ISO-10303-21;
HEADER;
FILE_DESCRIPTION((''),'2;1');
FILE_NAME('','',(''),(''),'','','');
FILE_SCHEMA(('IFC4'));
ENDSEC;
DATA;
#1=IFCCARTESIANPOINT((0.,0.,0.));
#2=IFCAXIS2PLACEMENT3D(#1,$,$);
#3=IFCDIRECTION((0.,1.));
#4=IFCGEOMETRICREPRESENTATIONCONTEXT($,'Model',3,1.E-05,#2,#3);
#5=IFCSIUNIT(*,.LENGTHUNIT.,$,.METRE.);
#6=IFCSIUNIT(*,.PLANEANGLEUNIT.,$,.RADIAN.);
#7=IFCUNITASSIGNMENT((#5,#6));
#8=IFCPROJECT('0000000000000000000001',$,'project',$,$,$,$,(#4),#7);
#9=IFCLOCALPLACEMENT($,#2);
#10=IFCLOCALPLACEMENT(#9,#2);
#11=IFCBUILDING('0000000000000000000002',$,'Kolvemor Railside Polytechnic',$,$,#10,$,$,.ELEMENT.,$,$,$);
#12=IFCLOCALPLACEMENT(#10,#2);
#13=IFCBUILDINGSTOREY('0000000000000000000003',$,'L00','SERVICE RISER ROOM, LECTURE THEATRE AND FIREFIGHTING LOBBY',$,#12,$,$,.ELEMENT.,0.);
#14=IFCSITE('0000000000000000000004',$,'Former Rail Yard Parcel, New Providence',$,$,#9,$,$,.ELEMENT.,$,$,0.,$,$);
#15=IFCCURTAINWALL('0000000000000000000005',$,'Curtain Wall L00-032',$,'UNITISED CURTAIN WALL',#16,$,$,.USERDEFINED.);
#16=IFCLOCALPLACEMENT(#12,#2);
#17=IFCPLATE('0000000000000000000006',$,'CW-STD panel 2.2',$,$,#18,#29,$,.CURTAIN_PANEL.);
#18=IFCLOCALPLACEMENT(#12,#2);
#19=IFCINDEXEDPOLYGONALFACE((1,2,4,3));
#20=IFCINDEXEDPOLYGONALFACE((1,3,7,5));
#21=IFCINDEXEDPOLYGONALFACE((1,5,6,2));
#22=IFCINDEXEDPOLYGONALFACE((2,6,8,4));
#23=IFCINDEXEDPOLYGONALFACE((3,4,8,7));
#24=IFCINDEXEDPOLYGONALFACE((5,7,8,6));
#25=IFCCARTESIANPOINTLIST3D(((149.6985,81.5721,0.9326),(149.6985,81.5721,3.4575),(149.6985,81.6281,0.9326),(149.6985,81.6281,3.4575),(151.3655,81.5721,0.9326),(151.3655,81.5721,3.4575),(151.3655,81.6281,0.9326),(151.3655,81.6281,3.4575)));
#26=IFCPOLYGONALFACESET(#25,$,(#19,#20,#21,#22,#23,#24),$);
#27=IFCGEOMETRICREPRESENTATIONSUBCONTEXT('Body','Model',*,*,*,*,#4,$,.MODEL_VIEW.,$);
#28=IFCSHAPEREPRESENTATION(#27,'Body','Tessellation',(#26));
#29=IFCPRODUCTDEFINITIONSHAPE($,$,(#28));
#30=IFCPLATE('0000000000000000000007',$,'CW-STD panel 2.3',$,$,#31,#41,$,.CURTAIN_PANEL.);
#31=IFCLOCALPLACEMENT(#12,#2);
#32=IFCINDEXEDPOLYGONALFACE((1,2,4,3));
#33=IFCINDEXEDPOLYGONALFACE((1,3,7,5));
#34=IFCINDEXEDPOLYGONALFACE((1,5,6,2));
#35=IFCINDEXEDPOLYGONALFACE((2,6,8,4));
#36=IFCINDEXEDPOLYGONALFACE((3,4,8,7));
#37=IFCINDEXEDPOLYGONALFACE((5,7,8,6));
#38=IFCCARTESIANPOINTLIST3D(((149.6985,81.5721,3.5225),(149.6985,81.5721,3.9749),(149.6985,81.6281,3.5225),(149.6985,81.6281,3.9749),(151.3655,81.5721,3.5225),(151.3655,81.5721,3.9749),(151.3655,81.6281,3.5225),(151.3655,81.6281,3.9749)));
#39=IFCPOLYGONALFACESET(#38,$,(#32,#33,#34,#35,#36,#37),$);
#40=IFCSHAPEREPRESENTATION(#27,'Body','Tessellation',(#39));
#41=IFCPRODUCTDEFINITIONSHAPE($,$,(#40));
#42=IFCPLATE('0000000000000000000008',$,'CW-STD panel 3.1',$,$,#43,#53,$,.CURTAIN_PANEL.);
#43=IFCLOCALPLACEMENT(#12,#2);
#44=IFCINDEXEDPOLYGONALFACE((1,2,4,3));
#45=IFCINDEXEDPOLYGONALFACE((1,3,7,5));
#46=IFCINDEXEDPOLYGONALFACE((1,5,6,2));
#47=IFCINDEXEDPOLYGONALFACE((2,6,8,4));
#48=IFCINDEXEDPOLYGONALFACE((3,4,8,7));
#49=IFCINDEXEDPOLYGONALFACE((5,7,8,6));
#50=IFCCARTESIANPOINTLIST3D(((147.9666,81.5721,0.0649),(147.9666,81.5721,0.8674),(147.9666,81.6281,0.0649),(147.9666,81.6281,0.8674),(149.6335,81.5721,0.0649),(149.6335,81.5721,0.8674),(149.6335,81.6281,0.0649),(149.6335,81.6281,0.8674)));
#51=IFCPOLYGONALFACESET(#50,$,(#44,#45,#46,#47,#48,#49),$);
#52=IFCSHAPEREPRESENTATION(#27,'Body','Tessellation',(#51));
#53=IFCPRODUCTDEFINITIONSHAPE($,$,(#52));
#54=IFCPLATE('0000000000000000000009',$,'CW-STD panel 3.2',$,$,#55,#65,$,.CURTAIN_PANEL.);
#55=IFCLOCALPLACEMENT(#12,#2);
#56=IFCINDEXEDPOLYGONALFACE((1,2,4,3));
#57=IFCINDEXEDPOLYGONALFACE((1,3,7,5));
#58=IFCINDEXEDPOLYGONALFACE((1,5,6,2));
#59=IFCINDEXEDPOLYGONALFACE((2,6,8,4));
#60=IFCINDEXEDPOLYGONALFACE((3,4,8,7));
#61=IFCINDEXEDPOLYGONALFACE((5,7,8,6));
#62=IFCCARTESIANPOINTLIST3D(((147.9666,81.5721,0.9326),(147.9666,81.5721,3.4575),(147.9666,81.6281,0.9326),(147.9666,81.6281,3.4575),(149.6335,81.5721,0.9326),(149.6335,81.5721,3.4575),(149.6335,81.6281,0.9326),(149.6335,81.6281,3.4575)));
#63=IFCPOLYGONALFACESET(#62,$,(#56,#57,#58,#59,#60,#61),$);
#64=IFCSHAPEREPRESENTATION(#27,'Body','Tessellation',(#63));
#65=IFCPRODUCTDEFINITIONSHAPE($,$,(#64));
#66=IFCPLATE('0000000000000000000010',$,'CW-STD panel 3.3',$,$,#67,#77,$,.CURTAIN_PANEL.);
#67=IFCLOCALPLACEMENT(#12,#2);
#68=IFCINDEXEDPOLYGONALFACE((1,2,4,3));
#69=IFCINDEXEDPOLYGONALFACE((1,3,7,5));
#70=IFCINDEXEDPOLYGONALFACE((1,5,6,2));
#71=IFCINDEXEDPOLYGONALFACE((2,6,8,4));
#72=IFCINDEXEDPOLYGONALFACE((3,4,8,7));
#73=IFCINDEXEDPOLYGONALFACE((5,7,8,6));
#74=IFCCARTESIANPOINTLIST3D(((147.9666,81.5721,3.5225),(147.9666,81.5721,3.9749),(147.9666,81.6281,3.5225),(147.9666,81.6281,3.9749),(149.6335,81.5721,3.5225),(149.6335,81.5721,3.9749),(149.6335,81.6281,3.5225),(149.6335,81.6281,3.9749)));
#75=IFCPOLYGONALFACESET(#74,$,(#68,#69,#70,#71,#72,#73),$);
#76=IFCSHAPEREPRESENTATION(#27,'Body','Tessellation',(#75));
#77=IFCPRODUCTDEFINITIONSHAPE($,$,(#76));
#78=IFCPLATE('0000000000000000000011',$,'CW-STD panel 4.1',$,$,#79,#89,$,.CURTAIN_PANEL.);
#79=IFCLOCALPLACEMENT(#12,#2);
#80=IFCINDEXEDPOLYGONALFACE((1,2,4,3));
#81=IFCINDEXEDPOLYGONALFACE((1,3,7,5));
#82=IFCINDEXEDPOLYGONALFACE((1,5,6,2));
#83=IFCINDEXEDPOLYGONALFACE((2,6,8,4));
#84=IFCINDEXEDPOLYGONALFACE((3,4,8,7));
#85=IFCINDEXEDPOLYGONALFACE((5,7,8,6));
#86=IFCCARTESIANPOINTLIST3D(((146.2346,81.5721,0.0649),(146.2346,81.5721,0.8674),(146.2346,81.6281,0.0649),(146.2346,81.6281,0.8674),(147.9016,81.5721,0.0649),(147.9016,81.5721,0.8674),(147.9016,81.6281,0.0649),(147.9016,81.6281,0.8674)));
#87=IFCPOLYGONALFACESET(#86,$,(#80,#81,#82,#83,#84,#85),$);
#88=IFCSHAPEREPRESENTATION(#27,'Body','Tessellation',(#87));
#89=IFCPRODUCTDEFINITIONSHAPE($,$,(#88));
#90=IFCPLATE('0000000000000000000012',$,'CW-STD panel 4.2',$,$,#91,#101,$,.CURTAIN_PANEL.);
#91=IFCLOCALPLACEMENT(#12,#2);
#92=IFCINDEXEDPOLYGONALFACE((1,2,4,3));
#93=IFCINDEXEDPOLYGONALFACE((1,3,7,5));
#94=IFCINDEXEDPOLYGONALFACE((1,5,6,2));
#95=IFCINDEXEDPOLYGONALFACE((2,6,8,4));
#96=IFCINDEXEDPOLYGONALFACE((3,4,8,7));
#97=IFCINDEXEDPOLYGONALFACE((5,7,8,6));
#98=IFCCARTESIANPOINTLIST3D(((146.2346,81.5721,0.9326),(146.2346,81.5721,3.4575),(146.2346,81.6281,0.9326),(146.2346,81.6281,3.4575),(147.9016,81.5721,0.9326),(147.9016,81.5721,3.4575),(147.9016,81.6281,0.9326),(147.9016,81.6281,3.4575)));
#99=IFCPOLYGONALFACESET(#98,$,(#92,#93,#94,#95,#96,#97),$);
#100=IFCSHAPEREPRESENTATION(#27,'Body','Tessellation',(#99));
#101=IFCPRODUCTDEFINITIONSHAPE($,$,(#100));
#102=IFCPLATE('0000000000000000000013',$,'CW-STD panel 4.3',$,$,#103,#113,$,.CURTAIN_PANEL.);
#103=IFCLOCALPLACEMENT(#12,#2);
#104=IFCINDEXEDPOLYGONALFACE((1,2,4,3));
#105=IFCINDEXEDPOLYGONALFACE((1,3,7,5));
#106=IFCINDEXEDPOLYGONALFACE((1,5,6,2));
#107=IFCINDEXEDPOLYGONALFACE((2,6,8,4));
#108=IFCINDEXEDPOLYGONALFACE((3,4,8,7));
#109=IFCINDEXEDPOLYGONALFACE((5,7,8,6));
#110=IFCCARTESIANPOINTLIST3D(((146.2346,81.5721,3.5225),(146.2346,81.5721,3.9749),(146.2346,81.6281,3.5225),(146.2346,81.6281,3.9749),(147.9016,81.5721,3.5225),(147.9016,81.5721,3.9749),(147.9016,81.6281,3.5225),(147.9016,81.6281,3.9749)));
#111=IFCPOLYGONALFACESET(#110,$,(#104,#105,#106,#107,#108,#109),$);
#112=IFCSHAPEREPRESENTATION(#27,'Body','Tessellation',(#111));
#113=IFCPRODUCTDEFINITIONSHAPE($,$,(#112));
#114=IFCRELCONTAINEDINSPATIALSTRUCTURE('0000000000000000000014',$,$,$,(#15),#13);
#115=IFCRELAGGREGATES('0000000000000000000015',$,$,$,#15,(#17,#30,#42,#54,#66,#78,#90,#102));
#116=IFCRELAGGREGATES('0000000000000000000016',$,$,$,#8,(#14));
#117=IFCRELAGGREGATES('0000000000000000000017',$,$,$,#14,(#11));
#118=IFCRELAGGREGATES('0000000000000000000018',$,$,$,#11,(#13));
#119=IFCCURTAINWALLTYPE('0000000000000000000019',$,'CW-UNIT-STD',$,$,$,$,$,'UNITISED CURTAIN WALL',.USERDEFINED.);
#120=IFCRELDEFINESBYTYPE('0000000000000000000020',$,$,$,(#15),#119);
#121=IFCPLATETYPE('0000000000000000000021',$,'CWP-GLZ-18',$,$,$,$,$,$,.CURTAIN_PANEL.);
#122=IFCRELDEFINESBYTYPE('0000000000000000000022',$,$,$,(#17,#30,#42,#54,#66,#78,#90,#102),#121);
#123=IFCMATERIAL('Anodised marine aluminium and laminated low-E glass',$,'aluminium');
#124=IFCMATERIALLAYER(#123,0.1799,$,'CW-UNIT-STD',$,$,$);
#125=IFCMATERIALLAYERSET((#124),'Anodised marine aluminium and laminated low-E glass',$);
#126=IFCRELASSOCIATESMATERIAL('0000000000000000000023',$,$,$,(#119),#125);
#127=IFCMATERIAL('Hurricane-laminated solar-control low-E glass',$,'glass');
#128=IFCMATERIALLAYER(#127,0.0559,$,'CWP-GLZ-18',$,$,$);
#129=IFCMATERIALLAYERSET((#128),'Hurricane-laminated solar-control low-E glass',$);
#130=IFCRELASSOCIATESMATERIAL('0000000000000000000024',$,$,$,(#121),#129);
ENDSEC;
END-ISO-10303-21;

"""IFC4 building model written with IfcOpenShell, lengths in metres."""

from ifc_helpers import new_model, si_unit, direction, frame, origin, origin_2d, place, context, subcontext, project, spatial, rectangle, extrude, material, layer, layer_set, type_object, element, aggregate, save


model = new_model("IFC4")

# Units and contexts
model_context = context("Model", 3, precision=1e-05, world=origin(), true_north=direction((0.0, 1.0)))
body_context = subcontext(model_context, "Body", "Model", "MODEL_VIEW")
ifc_project = project(units=[si_unit("LENGTHUNIT", "METRE"), si_unit("PLANEANGLEUNIT", "RADIAN")], contexts=[model_context])

# Site, building, storey
site_placement = place(None, origin())
site = spatial("IfcSite", under=ifc_project, at=site_placement, Name="Former Rail Yard Parcel, New Providence", CompositionType="ELEMENT", RefElevation=0.0)
building_placement = place(site_placement, origin())
building = spatial("IfcBuilding", under=site, at=building_placement, Name="Kolvemor Railside Polytechnic", CompositionType="ELEMENT")
storey_placement = place(building_placement, origin())
storey = spatial("IfcBuildingStorey", under=building, at=storey_placement, Name="L00", Description="SERVICE RISER ROOM, LECTURE THEATRE AND FIREFIGHTING LOBBY", CompositionType="ELEMENT", Elevation=0.0)

# Curtain wall, plates
ifc_material_1 = material(Name="Anodised marine aluminium and laminated low-E glass", Category="aluminium")
ifc_layer_1 = layer(ifc_material_1, 0.1799, Name="CW-UNIT-STD")
ifc_layer_set_1 = layer_set([ifc_layer_1], Name="Anodised marine aluminium and laminated low-E glass")
curtain_wall_type = type_object("IfcCurtainWallType", Name="CW-UNIT-STD", ElementType="UNITISED CURTAIN WALL", PredefinedType="USERDEFINED", material=ifc_layer_set_1)
curtain_wall_placement = place(storey_placement, origin())
curtain_wall = element("IfcCurtainWall", 1, at=curtain_wall_placement, inside=storey, type_object=curtain_wall_type, Name="Curtain Wall L00-032", ObjectType="UNITISED CURTAIN WALL", PredefinedType="USERDEFINED")
ifc_material_2 = material(Name="Hurricane-laminated solar-control low-E glass", Category="glass")
ifc_layer_2 = layer(ifc_material_2, 0.0559, Name="CWP-GLZ-18")
ifc_layer_set_2 = layer_set([ifc_layer_2], Name="Hurricane-laminated solar-control low-E glass")
plate_type = type_object("IfcPlateType", Name="CWP-GLZ-18", PredefinedType="CURTAIN_PANEL", material=ifc_layer_set_2)
plate_1_placement = place(storey_placement, frame((150.532, 81.6001, 0.9326), z_axis=(0.0, 0.0, 1.0), x_axis=(-1.0, 0.0, 0.0)))
plate_1 = element("IfcPlate", 2, at=plate_1_placement, type_object=plate_type, Name="CW-STD panel 2.2", PredefinedType="CURTAIN_PANEL", context=body_context, shape_type="SweptSolid", body=[
    extrude(rectangle(XDim=1.667, YDim=0.0559, at=origin_2d()), origin(), (0.0, 0.0, 1.0), 2.5249),
])
plate_2_placement = place(storey_placement, frame((150.532, 81.6001, 3.5225), z_axis=(0.0, 0.0, 1.0), x_axis=(-1.0, 0.0, 0.0)))
plate_2 = element("IfcPlate", 3, at=plate_2_placement, type_object=plate_type, Name="CW-STD panel 2.3", PredefinedType="CURTAIN_PANEL", context=body_context, shape_type="SweptSolid", body=[
    extrude(rectangle(XDim=1.667, YDim=0.0559, at=origin_2d()), origin(), (0.0, 0.0, 1.0), 0.4524),
])
plate_3_placement = place(storey_placement, frame((148.8, 81.6001, 0.0649), z_axis=(0.0, 0.0, 1.0), x_axis=(-1.0, 0.0, 0.0)))
plate_3 = element("IfcPlate", 4, at=plate_3_placement, type_object=plate_type, Name="CW-STD panel 3.1", PredefinedType="CURTAIN_PANEL", context=body_context, shape_type="SweptSolid", body=[
    extrude(rectangle(XDim=1.667, YDim=0.0559, at=origin_2d()), origin(), (0.0, 0.0, 1.0), 0.8025),
])
plate_4_placement = place(storey_placement, frame((148.8, 81.6001, 0.9326), z_axis=(0.0, 0.0, 1.0), x_axis=(-1.0, 0.0, 0.0)))
plate_4 = element("IfcPlate", 5, at=plate_4_placement, type_object=plate_type, Name="CW-STD panel 3.2", PredefinedType="CURTAIN_PANEL", context=body_context, shape_type="SweptSolid", body=[
    extrude(rectangle(XDim=1.667, YDim=0.0559, at=origin_2d()), origin(), (0.0, 0.0, 1.0), 2.5249),
])
plate_5_placement = place(storey_placement, frame((148.8, 81.6001, 3.5225), z_axis=(0.0, 0.0, 1.0), x_axis=(-1.0, 0.0, 0.0)))
plate_5 = element("IfcPlate", 6, at=plate_5_placement, type_object=plate_type, Name="CW-STD panel 3.3", PredefinedType="CURTAIN_PANEL", context=body_context, shape_type="SweptSolid", body=[
    extrude(rectangle(XDim=1.667, YDim=0.0559, at=origin_2d()), origin(), (0.0, 0.0, 1.0), 0.4524),
])
plate_6_placement = place(storey_placement, frame((147.0681, 81.6001, 0.0649), z_axis=(0.0, 0.0, 1.0), x_axis=(-1.0, 0.0, 0.0)))
plate_6 = element("IfcPlate", 7, at=plate_6_placement, type_object=plate_type, Name="CW-STD panel 4.1", PredefinedType="CURTAIN_PANEL", context=body_context, shape_type="SweptSolid", body=[
    extrude(rectangle(XDim=1.667, YDim=0.0559, at=origin_2d()), origin(), (0.0, 0.0, 1.0), 0.8025),
])
plate_7_placement = place(storey_placement, frame((147.0681, 81.6001, 0.9326), z_axis=(0.0, 0.0, 1.0), x_axis=(-1.0, 0.0, 0.0)))
plate_7 = element("IfcPlate", 8, at=plate_7_placement, type_object=plate_type, Name="CW-STD panel 4.2", PredefinedType="CURTAIN_PANEL", context=body_context, shape_type="SweptSolid", body=[
    extrude(rectangle(XDim=1.667, YDim=0.0559, at=origin_2d()), origin(), (0.0, 0.0, 1.0), 2.5249),
])
plate_8_placement = place(storey_placement, frame((147.0681, 81.6001, 3.5225), z_axis=(0.0, 0.0, 1.0), x_axis=(-1.0, 0.0, 0.0)))
plate_8 = element("IfcPlate", 9, at=plate_8_placement, type_object=plate_type, Name="CW-STD panel 4.3", PredefinedType="CURTAIN_PANEL", context=body_context, shape_type="SweptSolid", body=[
    extrude(rectangle(XDim=1.667, YDim=0.0559, at=origin_2d()), origin(), (0.0, 0.0, 1.0), 0.4524),
])
aggregate(curtain_wall, [plate_1, plate_2, plate_3, plate_4, plate_5, plate_6, plate_7, plate_8])

save(model, "model.ifc")
